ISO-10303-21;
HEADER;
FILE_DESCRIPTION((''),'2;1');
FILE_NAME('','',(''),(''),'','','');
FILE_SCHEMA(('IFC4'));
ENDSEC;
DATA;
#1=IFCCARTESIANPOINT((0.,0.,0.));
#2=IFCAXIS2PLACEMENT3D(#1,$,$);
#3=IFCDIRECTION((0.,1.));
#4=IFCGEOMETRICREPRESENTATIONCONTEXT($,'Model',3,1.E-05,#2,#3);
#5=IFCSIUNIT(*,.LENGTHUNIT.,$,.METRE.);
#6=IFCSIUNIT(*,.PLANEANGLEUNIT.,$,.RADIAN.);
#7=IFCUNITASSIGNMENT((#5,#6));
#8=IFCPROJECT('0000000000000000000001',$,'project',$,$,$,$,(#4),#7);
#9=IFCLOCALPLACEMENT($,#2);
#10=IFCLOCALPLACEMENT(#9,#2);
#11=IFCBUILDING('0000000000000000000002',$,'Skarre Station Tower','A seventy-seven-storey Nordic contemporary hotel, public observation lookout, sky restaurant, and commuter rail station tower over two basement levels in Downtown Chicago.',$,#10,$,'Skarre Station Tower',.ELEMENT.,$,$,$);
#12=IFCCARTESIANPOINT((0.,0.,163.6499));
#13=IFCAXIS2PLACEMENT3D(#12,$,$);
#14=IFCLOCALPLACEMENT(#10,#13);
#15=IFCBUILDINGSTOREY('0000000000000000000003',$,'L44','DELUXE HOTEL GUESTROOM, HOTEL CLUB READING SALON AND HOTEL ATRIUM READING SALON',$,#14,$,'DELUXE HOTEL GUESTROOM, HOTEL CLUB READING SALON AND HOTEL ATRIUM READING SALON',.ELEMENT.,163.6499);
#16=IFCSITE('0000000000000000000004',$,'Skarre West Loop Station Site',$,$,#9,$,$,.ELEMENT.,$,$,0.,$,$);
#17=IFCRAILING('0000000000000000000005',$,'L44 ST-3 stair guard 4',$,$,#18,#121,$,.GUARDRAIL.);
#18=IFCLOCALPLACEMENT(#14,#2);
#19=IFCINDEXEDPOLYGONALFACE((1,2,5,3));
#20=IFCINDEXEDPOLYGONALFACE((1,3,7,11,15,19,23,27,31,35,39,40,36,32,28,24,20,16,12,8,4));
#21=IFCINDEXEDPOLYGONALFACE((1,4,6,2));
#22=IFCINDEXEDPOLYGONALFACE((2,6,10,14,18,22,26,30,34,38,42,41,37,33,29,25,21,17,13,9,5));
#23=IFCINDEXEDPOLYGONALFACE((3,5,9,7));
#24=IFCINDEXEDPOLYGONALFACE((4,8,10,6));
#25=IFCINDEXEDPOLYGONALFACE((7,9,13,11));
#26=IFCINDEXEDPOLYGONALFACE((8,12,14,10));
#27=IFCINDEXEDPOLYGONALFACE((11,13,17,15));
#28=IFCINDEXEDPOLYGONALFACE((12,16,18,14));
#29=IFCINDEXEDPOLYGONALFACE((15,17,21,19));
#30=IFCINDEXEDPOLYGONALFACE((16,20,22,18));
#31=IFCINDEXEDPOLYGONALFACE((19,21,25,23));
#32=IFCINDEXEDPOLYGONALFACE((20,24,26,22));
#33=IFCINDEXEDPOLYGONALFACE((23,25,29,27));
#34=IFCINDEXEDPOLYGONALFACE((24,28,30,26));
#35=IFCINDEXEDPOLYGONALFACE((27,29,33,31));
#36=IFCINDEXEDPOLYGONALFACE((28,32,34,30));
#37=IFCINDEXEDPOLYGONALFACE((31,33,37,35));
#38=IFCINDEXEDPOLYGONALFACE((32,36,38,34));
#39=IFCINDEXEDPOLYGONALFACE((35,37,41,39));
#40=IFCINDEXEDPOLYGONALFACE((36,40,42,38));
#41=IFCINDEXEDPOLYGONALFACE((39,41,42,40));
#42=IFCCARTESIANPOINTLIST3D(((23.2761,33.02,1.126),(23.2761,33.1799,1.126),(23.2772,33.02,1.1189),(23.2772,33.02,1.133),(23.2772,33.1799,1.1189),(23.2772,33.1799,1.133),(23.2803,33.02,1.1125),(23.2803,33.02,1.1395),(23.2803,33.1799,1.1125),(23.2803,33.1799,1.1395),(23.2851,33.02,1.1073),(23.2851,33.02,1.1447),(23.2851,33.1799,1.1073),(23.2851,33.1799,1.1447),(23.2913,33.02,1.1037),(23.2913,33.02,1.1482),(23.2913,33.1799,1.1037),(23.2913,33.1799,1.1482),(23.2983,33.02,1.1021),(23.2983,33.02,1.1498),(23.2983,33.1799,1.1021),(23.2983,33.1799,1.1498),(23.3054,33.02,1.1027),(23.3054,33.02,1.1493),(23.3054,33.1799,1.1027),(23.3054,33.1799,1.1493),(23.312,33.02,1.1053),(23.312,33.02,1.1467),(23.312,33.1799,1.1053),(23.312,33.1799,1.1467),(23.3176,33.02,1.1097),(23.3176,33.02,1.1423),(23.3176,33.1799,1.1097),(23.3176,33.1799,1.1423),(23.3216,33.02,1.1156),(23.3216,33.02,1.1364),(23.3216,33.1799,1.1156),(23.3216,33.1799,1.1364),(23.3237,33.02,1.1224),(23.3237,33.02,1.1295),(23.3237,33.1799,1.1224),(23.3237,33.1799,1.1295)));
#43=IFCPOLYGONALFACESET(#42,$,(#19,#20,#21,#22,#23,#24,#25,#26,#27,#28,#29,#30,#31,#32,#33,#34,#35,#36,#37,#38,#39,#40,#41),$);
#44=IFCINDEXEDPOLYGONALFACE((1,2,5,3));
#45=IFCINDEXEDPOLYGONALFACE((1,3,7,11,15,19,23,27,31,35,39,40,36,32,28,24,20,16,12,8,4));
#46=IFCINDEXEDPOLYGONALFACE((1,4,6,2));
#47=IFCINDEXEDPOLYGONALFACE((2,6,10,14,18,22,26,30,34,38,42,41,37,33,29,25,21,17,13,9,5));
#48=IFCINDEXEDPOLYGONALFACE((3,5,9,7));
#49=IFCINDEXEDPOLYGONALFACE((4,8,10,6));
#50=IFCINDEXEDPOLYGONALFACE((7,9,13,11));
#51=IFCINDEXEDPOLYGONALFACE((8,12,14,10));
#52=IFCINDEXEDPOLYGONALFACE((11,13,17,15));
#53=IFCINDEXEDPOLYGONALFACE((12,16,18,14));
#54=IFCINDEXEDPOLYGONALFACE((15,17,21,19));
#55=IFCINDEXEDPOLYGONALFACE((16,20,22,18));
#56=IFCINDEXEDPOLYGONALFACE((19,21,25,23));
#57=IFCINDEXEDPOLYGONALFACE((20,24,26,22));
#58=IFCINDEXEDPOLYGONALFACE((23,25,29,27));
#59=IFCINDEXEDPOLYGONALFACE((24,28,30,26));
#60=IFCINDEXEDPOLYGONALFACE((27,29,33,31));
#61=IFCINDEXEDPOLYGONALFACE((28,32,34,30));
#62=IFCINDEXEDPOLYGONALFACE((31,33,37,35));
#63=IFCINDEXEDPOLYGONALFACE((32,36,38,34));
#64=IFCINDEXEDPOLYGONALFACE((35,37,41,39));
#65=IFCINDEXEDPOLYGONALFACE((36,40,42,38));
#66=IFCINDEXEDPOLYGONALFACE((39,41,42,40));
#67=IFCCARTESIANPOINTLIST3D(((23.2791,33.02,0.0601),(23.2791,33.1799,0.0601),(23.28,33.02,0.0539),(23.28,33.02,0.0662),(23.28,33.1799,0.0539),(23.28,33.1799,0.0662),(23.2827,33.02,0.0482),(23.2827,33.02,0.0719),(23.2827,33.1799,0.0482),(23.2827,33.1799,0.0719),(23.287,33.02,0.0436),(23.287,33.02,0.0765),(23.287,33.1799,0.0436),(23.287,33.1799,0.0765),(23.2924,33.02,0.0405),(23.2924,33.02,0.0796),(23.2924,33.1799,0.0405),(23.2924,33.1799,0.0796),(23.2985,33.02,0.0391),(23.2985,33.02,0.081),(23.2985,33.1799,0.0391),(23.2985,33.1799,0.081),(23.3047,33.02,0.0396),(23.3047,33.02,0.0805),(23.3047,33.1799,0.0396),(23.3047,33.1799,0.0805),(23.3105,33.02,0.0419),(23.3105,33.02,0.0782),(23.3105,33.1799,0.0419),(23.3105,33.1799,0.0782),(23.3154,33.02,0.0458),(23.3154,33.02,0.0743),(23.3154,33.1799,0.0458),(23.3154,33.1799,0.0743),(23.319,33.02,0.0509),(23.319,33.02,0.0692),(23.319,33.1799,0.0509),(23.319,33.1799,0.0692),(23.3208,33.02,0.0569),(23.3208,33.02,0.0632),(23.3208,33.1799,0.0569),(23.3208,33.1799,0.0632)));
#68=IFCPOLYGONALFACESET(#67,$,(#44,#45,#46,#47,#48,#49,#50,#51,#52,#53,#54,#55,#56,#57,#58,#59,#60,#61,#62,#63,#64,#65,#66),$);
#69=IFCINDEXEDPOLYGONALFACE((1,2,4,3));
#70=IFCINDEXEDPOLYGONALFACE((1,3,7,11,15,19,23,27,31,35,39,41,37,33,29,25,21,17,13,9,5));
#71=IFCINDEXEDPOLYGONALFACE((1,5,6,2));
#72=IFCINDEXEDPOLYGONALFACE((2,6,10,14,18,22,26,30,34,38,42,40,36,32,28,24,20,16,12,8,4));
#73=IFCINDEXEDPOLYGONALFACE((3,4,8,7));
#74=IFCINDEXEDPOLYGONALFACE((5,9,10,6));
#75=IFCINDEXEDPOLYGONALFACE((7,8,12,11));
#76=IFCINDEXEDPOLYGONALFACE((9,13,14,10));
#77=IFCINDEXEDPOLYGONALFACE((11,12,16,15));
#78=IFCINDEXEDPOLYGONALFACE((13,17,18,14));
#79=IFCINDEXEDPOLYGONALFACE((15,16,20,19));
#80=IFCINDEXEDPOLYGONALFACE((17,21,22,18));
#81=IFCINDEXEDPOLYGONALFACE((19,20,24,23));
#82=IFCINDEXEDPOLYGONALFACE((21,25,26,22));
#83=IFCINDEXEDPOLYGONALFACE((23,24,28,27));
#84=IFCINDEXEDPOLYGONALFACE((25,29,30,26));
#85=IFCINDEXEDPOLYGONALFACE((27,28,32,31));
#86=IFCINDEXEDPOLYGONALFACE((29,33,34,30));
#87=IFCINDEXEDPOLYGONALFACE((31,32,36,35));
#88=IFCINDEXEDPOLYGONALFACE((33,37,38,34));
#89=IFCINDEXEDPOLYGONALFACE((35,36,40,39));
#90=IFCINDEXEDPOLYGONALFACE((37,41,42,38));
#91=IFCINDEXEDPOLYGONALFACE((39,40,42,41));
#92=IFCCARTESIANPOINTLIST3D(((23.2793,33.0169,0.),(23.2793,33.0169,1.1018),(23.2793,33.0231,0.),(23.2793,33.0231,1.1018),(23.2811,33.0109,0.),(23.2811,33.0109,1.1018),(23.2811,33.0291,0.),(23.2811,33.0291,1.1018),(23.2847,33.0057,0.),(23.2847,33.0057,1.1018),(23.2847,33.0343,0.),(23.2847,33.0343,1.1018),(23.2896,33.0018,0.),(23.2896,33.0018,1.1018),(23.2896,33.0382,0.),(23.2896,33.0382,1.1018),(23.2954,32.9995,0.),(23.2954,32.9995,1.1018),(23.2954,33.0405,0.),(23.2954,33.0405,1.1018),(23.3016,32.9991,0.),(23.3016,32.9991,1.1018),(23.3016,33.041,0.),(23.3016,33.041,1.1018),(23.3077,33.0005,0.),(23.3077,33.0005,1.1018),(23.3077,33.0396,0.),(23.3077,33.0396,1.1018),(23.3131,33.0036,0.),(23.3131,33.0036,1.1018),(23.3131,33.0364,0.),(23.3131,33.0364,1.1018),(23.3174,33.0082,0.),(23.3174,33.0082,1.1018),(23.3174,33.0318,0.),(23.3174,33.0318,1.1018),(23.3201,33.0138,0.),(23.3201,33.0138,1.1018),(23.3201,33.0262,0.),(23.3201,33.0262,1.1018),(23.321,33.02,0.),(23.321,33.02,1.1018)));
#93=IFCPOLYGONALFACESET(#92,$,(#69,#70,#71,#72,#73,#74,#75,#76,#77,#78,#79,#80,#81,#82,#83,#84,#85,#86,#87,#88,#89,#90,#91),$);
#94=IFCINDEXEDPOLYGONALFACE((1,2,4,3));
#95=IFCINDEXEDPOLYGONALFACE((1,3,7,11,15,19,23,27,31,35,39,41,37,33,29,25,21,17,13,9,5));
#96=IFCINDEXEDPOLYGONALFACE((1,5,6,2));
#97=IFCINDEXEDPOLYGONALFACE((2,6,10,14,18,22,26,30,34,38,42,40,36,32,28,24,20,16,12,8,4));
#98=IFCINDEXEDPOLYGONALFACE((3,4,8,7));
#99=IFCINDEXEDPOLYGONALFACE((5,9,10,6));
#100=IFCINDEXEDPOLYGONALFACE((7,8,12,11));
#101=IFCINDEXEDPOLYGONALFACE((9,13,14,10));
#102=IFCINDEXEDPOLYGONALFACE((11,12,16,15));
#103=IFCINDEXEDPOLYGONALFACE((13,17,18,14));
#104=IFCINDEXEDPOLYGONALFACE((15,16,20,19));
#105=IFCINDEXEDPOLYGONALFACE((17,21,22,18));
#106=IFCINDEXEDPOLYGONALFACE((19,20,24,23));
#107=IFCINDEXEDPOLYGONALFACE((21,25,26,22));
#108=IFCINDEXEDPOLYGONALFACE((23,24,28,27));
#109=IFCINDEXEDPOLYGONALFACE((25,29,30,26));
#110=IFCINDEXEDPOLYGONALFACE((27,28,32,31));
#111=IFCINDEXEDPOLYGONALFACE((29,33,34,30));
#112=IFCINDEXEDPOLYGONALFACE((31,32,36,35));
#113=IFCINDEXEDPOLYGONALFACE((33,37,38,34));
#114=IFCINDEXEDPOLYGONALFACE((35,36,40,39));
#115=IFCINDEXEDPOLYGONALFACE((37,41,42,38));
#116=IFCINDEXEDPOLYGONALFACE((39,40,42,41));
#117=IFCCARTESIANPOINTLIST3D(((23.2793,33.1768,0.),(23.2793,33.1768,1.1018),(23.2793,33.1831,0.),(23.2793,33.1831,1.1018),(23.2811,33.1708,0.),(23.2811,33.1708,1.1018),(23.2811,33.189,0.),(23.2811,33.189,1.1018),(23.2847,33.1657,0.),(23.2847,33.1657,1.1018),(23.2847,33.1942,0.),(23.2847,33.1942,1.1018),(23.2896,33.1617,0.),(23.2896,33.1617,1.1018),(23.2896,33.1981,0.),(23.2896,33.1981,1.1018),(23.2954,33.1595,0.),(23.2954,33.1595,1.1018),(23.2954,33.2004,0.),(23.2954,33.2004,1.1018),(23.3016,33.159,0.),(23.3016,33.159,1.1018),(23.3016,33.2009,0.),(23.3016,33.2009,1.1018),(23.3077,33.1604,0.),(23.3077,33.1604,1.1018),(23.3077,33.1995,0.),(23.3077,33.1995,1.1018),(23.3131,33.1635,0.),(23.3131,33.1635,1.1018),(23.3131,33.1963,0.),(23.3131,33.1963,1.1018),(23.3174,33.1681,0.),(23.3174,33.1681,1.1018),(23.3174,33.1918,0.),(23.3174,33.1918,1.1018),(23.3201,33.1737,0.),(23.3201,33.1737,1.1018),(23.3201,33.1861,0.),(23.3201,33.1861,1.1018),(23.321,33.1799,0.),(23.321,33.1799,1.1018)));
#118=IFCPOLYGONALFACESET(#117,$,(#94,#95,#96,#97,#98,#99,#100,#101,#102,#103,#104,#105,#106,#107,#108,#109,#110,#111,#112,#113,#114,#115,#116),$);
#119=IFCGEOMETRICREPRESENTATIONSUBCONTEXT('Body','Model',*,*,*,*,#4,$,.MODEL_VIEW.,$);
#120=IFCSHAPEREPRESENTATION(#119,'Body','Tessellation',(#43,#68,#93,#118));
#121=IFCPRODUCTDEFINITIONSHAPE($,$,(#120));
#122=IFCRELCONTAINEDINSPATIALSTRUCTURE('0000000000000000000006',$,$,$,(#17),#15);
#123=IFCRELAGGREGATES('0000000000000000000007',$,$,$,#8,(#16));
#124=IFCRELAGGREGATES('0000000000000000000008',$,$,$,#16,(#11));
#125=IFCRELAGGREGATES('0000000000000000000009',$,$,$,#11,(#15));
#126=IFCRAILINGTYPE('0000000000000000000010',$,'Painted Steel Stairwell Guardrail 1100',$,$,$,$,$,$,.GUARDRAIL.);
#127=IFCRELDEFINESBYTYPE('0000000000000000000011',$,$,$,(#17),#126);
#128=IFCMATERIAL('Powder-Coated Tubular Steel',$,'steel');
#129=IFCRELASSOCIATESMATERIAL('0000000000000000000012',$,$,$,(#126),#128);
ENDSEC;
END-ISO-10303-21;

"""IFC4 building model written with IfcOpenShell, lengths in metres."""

from ifc_helpers import new_model, si_unit, direction, frame, origin, origin_2d, place, context, subcontext, project, spatial, circle, extrude, material, type_object, element, save


model = new_model("IFC4")

# Units and contexts
model_context = context("Model", 3, precision=1e-05, world=origin(), true_north=direction((0.0, 1.0)))
body_context = subcontext(model_context, "Body", "Model", "MODEL_VIEW")
ifc_project = project(units=[si_unit("LENGTHUNIT", "METRE"), si_unit("PLANEANGLEUNIT", "RADIAN")], contexts=[model_context])

# Site, building, storey
site_placement = place(None, origin())
site = spatial("IfcSite", under=ifc_project, at=site_placement, Name="Skarre West Loop Station Site", CompositionType="ELEMENT", RefElevation=0.0)
building_placement = place(site_placement, origin())
building = spatial("IfcBuilding", under=site, at=building_placement, Name="Skarre Station Tower", Description="A seventy-seven-storey Nordic contemporary hotel, public observation lookout, sky restaurant, and commuter rail station tower over two basement levels in Downtown Chicago.", LongName="Skarre Station Tower", CompositionType="ELEMENT")
storey_placement = place(building_placement, frame((0.0, 0.0, 163.6499)))
storey = spatial("IfcBuildingStorey", under=building, at=storey_placement, Name="L44", Description="DELUXE HOTEL GUESTROOM, HOTEL CLUB READING SALON AND HOTEL ATRIUM READING SALON", LongName="DELUXE HOTEL GUESTROOM, HOTEL CLUB READING SALON AND HOTEL ATRIUM READING SALON", CompositionType="ELEMENT", Elevation=163.6499)

# Railing
ifc_material_1 = material(Name="Powder-Coated Tubular Steel", Category="steel")
railing_type_1 = type_object("IfcRailingType", Name="Painted Steel Stairwell Guardrail 1100", PredefinedType="GUARDRAIL", material=ifc_material_1)
railing_1_placement = place(storey_placement, frame((23.3, 33.02, 0.0)))
element("IfcRailing", 1, at=railing_1_placement, inside=storey, type_object=railing_type_1, Name="L44 ST-3 stair guard 4", PredefinedType="GUARDRAIL", context=body_context, shape_type="SweptSolid", body=[
    extrude(circle(Radius=0.0239, at=origin_2d()), frame((0.0, 0.0, 1.126), z_axis=(0.0, 1.0, 0.0), x_axis=(-1.0, 0.0, 0.0)), (0.0, 0.0, 1.0), 0.1599),
    extrude(circle(Radius=0.021, at=origin_2d()), frame((0.0, 0.0, 0.0601), z_axis=(0.0, 1.0, 0.0), x_axis=(-1.0, 0.0, 0.0)), (0.0, 0.0, 1.0), 0.1599),
    extrude(circle(Radius=0.021, at=origin_2d()), origin(), (0.0, 0.0, 1.0), 1.1018),
    extrude(circle(Radius=0.021, at=origin_2d()), frame((0.0, 0.1599, 0.0)), (0.0, 0.0, 1.0), 1.1018),
])

save(model, "model.ifc")
